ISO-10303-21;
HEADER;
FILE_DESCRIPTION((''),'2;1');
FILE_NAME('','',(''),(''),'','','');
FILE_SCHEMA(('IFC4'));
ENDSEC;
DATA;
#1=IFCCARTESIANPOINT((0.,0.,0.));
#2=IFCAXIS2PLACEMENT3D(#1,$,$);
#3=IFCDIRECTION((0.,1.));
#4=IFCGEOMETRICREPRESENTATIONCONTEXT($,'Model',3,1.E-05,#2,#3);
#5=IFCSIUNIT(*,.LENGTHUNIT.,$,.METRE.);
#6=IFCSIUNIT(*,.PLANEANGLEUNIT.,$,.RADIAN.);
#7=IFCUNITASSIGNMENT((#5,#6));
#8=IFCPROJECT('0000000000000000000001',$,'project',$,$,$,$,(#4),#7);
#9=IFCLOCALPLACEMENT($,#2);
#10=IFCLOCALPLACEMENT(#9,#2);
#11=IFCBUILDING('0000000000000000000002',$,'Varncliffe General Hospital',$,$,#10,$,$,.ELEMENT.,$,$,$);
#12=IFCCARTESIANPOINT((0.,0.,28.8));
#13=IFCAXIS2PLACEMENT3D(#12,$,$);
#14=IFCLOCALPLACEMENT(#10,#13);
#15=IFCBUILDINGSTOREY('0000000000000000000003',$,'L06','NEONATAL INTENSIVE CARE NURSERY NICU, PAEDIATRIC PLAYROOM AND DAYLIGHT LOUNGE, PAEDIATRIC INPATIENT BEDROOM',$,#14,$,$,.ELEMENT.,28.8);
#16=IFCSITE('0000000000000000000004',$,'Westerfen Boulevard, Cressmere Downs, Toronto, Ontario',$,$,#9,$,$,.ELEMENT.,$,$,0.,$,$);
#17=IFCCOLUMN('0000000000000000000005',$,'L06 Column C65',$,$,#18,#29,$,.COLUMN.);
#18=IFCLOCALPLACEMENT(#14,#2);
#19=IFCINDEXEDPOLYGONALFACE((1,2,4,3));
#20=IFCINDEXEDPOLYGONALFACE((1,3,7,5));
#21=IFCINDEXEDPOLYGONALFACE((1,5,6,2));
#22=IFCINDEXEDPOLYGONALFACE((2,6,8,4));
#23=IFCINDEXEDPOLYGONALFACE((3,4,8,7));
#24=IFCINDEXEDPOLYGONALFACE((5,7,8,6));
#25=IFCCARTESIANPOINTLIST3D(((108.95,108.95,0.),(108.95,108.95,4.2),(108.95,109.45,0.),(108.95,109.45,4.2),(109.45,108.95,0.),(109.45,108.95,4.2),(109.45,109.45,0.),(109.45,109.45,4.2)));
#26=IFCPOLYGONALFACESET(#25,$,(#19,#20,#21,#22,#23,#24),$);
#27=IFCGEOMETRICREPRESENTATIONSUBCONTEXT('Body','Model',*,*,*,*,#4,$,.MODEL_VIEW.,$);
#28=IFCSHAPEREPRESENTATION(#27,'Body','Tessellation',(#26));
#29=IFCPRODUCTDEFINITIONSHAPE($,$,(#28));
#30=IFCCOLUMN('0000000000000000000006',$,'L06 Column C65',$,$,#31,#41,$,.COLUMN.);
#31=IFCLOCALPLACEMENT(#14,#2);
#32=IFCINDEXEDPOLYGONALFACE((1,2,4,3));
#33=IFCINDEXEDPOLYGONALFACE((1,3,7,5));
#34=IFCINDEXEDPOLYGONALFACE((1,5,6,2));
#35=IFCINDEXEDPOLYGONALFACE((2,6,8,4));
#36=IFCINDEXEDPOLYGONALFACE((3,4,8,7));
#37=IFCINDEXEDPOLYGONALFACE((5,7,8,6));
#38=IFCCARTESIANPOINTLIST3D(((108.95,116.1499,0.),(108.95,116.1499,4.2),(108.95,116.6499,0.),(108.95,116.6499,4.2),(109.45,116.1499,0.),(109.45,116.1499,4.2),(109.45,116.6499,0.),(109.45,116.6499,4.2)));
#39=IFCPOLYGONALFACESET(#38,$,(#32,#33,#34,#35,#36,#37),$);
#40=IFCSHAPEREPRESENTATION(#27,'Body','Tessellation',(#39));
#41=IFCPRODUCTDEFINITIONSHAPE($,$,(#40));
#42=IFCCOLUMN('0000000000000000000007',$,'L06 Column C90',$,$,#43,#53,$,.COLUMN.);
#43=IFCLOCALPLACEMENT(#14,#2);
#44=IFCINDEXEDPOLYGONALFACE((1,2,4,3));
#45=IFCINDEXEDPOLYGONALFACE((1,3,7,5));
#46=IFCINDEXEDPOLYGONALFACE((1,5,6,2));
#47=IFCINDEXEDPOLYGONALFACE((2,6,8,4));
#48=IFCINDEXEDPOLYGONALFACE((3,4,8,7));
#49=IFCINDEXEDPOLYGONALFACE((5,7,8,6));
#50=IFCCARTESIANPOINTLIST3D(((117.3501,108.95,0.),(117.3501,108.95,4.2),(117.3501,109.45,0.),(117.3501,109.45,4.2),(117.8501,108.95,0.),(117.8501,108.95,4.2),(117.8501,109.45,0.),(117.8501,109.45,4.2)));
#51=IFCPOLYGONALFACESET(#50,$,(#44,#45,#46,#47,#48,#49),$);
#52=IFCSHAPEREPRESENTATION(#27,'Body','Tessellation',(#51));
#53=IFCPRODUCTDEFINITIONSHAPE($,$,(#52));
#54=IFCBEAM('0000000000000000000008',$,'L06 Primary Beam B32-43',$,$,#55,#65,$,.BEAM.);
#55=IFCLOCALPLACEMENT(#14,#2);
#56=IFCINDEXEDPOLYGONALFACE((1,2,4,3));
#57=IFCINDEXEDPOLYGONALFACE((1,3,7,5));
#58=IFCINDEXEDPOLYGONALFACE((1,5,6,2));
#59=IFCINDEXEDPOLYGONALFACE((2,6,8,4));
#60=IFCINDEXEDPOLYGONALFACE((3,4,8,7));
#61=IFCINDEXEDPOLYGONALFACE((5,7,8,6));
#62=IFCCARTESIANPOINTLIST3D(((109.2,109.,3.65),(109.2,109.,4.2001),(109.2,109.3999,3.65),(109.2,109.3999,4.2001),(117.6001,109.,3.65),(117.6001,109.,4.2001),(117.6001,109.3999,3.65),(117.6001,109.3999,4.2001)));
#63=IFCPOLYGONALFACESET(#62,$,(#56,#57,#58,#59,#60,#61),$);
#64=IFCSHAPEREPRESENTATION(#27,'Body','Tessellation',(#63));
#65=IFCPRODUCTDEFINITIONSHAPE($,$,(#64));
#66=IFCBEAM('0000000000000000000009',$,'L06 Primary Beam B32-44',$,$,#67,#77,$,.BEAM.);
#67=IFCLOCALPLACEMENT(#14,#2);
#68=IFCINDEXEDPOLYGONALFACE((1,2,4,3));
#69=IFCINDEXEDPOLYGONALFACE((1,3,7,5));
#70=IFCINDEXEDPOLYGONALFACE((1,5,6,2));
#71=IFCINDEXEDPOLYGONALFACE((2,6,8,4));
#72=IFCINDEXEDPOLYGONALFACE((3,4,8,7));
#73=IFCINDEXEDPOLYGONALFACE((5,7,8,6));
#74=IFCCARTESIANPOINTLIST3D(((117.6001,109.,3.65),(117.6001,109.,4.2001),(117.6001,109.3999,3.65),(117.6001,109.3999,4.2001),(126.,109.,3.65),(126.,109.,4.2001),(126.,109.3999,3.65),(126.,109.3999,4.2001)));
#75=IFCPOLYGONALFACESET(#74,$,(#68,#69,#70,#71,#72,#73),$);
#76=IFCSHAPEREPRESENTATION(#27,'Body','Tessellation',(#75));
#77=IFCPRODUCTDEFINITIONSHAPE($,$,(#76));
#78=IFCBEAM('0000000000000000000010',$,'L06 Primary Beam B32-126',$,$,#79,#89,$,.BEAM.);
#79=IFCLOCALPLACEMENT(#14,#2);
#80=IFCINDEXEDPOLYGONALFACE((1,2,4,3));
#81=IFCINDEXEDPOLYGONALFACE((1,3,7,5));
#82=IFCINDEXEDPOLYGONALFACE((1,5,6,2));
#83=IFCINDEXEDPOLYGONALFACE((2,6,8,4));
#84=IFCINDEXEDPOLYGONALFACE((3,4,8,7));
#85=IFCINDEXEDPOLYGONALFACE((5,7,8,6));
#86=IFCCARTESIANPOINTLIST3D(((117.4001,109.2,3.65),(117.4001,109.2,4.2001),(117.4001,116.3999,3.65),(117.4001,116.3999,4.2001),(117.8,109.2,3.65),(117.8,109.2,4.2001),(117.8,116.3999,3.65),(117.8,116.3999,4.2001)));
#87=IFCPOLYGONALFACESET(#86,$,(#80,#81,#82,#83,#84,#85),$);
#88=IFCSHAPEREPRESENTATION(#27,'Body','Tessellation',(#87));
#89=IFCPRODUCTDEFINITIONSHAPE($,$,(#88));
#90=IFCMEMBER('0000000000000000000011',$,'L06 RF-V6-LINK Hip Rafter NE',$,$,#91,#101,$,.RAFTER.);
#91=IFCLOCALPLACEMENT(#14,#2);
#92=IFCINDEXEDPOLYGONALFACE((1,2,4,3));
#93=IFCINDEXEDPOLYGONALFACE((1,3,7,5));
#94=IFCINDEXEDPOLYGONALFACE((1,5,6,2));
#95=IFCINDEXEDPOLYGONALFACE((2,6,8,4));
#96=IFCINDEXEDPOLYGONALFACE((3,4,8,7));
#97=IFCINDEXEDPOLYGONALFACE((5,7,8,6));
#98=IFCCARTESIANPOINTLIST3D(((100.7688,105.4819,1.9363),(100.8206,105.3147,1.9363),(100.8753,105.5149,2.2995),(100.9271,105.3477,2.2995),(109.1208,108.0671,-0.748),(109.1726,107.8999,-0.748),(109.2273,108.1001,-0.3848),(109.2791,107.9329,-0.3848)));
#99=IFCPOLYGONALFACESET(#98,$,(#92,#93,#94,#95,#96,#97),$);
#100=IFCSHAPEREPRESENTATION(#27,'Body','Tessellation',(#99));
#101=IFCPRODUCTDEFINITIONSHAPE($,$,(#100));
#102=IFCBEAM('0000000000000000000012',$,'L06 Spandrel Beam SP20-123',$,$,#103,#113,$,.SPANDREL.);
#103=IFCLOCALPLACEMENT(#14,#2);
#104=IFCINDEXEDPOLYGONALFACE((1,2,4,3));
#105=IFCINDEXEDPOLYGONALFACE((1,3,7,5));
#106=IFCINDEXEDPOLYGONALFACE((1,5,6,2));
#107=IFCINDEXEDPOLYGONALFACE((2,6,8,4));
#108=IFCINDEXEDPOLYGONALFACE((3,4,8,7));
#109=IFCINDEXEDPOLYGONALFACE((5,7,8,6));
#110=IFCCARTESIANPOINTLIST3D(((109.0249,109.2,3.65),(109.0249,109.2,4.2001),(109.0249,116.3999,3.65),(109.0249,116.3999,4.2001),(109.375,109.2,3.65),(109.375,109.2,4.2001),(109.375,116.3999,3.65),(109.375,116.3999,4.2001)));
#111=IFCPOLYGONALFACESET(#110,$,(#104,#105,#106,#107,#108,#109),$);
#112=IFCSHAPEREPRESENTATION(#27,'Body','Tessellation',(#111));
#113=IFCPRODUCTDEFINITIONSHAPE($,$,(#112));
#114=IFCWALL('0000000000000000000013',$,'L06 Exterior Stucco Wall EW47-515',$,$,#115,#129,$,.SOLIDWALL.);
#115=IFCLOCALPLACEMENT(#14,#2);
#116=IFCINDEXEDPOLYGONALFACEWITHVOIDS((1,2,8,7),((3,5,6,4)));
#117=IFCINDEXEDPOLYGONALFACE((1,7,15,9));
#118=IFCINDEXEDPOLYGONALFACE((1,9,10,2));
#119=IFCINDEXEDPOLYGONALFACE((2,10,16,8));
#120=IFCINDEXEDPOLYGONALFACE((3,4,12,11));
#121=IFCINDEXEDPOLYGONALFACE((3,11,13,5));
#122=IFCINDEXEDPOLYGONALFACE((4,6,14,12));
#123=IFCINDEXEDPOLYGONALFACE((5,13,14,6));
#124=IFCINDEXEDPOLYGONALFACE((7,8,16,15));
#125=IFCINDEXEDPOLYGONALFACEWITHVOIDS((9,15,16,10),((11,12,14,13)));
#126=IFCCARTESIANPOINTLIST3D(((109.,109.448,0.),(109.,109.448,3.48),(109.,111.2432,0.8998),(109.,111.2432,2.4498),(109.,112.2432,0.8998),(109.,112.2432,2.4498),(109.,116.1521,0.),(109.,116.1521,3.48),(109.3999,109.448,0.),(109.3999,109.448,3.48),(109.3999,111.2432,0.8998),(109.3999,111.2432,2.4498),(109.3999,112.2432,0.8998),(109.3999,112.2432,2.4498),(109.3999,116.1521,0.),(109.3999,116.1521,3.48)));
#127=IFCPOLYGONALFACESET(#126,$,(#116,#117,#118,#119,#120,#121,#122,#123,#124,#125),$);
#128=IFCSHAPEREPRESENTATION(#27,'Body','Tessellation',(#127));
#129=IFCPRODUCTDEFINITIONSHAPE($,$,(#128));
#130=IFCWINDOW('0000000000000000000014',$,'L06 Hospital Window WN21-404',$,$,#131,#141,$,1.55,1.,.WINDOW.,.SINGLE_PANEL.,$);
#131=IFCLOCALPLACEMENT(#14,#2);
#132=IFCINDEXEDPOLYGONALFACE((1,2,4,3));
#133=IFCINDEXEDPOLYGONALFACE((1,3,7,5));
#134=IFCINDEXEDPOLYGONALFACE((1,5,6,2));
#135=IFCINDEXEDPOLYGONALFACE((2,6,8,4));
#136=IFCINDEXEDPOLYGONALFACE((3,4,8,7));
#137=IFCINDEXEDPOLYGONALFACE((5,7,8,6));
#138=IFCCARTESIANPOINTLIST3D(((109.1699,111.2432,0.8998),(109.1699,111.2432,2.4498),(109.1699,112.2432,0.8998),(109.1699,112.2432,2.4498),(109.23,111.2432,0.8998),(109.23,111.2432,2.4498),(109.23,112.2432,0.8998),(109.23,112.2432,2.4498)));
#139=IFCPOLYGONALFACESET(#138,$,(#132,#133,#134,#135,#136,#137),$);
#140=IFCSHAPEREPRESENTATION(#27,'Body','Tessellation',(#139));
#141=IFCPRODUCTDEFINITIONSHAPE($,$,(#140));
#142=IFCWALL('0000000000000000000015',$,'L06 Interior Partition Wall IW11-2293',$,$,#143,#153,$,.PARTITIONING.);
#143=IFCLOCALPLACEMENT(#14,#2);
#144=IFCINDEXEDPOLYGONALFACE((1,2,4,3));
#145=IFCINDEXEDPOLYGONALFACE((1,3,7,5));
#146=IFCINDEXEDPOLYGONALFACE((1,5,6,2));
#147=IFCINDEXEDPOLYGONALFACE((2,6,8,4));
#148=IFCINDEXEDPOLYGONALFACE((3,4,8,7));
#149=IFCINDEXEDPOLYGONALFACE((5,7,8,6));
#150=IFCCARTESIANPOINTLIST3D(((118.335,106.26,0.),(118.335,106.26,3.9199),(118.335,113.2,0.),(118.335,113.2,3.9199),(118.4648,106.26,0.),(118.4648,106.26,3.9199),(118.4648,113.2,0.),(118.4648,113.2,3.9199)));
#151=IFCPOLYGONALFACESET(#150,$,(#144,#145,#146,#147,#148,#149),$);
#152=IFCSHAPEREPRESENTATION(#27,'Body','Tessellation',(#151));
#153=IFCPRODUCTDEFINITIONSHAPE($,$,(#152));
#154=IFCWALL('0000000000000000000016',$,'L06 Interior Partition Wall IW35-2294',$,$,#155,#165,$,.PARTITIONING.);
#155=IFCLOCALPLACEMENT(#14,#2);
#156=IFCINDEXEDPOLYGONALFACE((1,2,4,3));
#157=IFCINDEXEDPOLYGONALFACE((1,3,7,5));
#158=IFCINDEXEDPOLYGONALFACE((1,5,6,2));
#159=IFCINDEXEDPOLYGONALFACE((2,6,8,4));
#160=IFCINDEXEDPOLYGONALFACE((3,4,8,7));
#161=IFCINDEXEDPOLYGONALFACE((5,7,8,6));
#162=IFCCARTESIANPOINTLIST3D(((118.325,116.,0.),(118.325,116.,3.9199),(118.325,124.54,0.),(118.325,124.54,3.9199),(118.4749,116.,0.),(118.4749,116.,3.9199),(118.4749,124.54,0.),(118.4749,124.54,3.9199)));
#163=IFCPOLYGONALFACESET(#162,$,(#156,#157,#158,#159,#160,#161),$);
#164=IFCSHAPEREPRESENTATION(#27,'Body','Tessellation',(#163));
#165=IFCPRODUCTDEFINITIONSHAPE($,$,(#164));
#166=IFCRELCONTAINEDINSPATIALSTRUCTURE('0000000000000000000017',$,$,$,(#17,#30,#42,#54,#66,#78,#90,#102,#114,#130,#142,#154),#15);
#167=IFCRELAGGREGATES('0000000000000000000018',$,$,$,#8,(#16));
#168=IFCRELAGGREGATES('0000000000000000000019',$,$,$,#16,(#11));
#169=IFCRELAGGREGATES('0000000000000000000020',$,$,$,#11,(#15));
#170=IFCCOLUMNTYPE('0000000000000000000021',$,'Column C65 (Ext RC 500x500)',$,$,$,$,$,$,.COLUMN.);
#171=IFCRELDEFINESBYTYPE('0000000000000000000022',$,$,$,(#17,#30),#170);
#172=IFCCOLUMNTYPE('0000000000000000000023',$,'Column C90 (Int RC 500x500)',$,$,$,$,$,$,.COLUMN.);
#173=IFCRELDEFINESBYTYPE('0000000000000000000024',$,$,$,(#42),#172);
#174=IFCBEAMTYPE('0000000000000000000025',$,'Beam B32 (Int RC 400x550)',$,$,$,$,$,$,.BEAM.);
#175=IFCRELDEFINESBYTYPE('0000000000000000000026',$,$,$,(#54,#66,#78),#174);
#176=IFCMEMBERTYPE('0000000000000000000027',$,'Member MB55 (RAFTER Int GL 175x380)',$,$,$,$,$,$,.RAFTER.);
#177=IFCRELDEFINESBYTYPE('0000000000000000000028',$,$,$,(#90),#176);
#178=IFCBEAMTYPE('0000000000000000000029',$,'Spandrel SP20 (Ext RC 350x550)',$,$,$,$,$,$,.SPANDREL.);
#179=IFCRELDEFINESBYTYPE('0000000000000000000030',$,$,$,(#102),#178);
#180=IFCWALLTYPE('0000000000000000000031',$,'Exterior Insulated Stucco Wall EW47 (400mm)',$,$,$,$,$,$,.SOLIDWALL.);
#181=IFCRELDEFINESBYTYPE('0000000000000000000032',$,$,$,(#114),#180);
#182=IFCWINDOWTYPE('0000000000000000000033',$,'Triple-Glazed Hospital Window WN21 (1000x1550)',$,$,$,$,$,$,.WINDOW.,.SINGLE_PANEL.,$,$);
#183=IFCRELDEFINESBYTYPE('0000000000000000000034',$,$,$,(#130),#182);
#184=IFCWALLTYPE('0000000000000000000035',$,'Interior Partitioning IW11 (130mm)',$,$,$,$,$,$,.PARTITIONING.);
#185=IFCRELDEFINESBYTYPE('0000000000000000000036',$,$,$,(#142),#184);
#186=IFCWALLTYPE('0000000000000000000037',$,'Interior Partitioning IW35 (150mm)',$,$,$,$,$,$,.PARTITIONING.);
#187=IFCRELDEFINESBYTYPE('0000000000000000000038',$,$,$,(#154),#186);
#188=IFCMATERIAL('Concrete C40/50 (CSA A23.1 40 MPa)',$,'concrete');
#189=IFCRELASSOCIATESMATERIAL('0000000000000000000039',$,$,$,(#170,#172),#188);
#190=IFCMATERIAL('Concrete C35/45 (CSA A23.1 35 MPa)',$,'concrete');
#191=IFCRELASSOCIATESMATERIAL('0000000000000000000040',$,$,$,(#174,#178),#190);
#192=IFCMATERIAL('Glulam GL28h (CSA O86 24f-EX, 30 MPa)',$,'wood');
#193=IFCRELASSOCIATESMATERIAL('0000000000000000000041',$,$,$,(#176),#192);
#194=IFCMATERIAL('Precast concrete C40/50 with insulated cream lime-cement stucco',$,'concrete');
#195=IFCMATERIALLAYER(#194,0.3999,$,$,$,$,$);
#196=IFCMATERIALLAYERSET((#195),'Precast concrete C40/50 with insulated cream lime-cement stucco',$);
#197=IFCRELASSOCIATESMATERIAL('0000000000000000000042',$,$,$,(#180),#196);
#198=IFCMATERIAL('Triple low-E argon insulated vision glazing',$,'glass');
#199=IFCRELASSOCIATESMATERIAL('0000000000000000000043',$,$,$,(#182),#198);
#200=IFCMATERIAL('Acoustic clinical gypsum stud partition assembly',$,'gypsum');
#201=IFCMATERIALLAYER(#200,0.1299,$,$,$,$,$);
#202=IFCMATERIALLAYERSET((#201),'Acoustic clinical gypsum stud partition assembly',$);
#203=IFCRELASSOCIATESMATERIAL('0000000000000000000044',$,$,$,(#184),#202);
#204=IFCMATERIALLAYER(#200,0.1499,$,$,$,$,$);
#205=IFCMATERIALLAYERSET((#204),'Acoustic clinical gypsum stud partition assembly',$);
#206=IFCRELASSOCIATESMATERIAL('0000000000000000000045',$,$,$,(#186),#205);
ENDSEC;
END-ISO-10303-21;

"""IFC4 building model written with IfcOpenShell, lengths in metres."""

from ifc_helpers import new_model, si_unit, direction, frame, frame_2d, origin, origin_2d, place, context, subcontext, project, spatial, rectangle, extrude, material, layer, layer_set, material_profile, profile_set, type_object, element, fill, save


model = new_model("IFC4")

# Units and contexts
model_context = context("Model", 3, precision=1e-05, world=origin(), true_north=direction((0.0, 1.0)))
body_context = subcontext(model_context, "Body", "Model", "MODEL_VIEW")
ifc_project = project(units=[si_unit("LENGTHUNIT", "METRE"), si_unit("PLANEANGLEUNIT", "RADIAN")], contexts=[model_context])

# Site, building, storey
site_placement = place(None, origin())
site = spatial("IfcSite", under=ifc_project, at=site_placement, Name="Westerfen Boulevard, Cressmere Downs, Toronto, Ontario", CompositionType="ELEMENT", RefElevation=0.0)
building_placement = place(site_placement, origin())
building = spatial("IfcBuilding", under=site, at=building_placement, Name="Varncliffe General Hospital", CompositionType="ELEMENT")
storey_placement = place(building_placement, frame((0.0, 0.0, 28.8)))
storey = spatial("IfcBuildingStorey", under=building, at=storey_placement, Name="L06", Description="NEONATAL INTENSIVE CARE NURSERY NICU, PAEDIATRIC PLAYROOM AND DAYLIGHT LOUNGE, PAEDIATRIC INPATIENT BEDROOM", CompositionType="ELEMENT", Elevation=28.8)

# Columns
ifc_material_1 = material(Name="Concrete C40/50 (CSA A23.1 40 MPa)", Category="concrete")
ifc_material_profile_1 = material_profile(ifc_material_1, rectangle(XDim=0.5, YDim=0.5, at=origin_2d()), Name="RC 500x500")
ifc_profile_set_1 = profile_set([ifc_material_profile_1], Name="Concrete C40/50 (CSA A23.1 40 MPa)")
column_type_1 = type_object("IfcColumnType", Name="Column C65 (Ext RC 500x500)", PredefinedType="COLUMN", material=ifc_profile_set_1)
for number, where, z_axis, x_axis, name in (
    (1, (109.2, 109.2, 0.0), (0.0, 0.0, 1.0), (1.0, 0.0, 0.0), "L06 Column C65"),
    (2, (109.2, 116.3999, 0.0), (0.0, 0.0, 1.0), (1.0, 0.0, 0.0), "L06 Column C65"),
):
    element("IfcColumn", number, at=place(storey_placement, frame(where, z_axis=z_axis, x_axis=x_axis)), inside=storey, type_object=column_type_1, Name=name, PredefinedType="COLUMN", context=body_context, shape_type="SweptSolid", body=[
        extrude(rectangle(XDim=0.5, YDim=0.5, at=origin_2d()), origin(), (0.0, 0.0, 1.0), 4.2),
    ])
ifc_material_profile_2 = material_profile(ifc_material_1, rectangle(XDim=0.5, YDim=0.5, at=origin_2d()), Name="RC 500x500")
ifc_profile_set_2 = profile_set([ifc_material_profile_2], Name="Concrete C40/50 (CSA A23.1 40 MPa)")
column_type_2 = type_object("IfcColumnType", Name="Column C90 (Int RC 500x500)", PredefinedType="COLUMN", material=ifc_profile_set_2)
column_placement = place(storey_placement, frame((117.6001, 109.2, 0.0), z_axis=(0.0, 0.0, 1.0), x_axis=(1.0, 0.0, 0.0)))
element("IfcColumn", 3, at=column_placement, inside=storey, type_object=column_type_2, Name="L06 Column C90", PredefinedType="COLUMN", context=body_context, shape_type="SweptSolid", body=[
    extrude(rectangle(XDim=0.5, YDim=0.5, at=origin_2d()), origin(), (0.0, 0.0, 1.0), 4.2),
])

# Beams
ifc_material_2 = material(Name="Concrete C35/45 (CSA A23.1 35 MPa)", Category="concrete")
ifc_material_profile_3 = material_profile(ifc_material_2, rectangle(XDim=0.3999, YDim=0.55, at=origin_2d()), Name="RC 400x550")
ifc_profile_set_3 = profile_set([ifc_material_profile_3], Name="Concrete C35/45 (CSA A23.1 35 MPa)")
beam_type_1 = type_object("IfcBeamType", Name="Beam B32 (Int RC 400x550)", PredefinedType="BEAM", material=ifc_profile_set_3)
beam_1_placement = place(storey_placement, frame((109.2, 109.2, 3.925), z_axis=(1.0, 0.0, 0.0), x_axis=(0.0, 1.0, 0.0)))
element("IfcBeam", 4, at=beam_1_placement, inside=storey, type_object=beam_type_1, Name="L06 Primary Beam B32-43", PredefinedType="BEAM", context=body_context, shape_type="SweptSolid", body=[
    extrude(rectangle(XDim=0.3999, YDim=0.55, at=origin_2d()), origin(), (0.0, 0.0, 1.0), 8.4001),
])
beam_2_placement = place(storey_placement, frame((117.6001, 109.2, 3.925), z_axis=(1.0, 0.0, 0.0), x_axis=(0.0, 1.0, 0.0)))
element("IfcBeam", 5, at=beam_2_placement, inside=storey, type_object=beam_type_1, Name="L06 Primary Beam B32-44", PredefinedType="BEAM", context=body_context, shape_type="SweptSolid", body=[
    extrude(rectangle(XDim=0.3999, YDim=0.55, at=origin_2d()), origin(), (0.0, 0.0, 1.0), 8.3999),
])
beam_3_placement = place(storey_placement, frame((117.6001, 109.2, 3.925), z_axis=(0.0, 1.0, 0.0), x_axis=(-1.0, 0.0, 0.0)))
element("IfcBeam", 6, at=beam_3_placement, inside=storey, type_object=beam_type_1, Name="L06 Primary Beam B32-126", PredefinedType="BEAM", context=body_context, shape_type="SweptSolid", body=[
    extrude(rectangle(XDim=0.3999, YDim=0.55, at=origin_2d()), origin(), (0.0, 0.0, 1.0), 7.2),
])

# Member
ifc_material_3 = material(Name="Glulam GL28h (CSA O86 24f-EX, 30 MPa)", Category="wood")
ifc_material_profile_4 = material_profile(ifc_material_3, rectangle(XDim=0.175, YDim=0.3799, at=origin_2d()), Name="GL 175x380")
ifc_profile_set_4 = profile_set([ifc_material_profile_4], Name="Glulam GL28h (CSA O86 24f-EX, 30 MPa)")
member_type = type_object("IfcMemberType", Name="Member MB55 (RAFTER Int GL 175x380)", PredefinedType="RAFTER", material=ifc_profile_set_4)
member_placement = place(storey_placement, frame((109.2, 108.0, -0.5664), z_axis=(-0.913212, -0.282666, 0.293504), x_axis=(0.295689, -0.955284, 0.0)))
element("IfcMember", 7, at=member_placement, inside=storey, type_object=member_type, Name="L06 RF-V6-LINK Hip Rafter NE", PredefinedType="RAFTER", context=body_context, shape_type="SweptSolid", body=[
    extrude(rectangle(XDim=0.175, YDim=0.3799, at=origin_2d()), origin(), (0.0, 0.0, 1.0), 9.1458),
])

# Beam
ifc_material_profile_5 = material_profile(ifc_material_2, rectangle(XDim=0.3501, YDim=0.55, at=origin_2d()), Name="RC 350x550")
ifc_profile_set_5 = profile_set([ifc_material_profile_5], Name="Concrete C35/45 (CSA A23.1 35 MPa)")
beam_type_2 = type_object("IfcBeamType", Name="Spandrel SP20 (Ext RC 350x550)", PredefinedType="SPANDREL", material=ifc_profile_set_5)
beam_4_placement = place(storey_placement, frame((109.2, 109.2, 3.925), z_axis=(0.0, 1.0, 0.0), x_axis=(-1.0, 0.0, 0.0)))
element("IfcBeam", 8, at=beam_4_placement, inside=storey, type_object=beam_type_2, Name="L06 Spandrel Beam SP20-123", PredefinedType="SPANDREL", context=body_context, shape_type="SweptSolid", body=[
    extrude(rectangle(XDim=0.3501, YDim=0.55, at=origin_2d()), origin(), (0.0, 0.0, 1.0), 7.2),
])

# Wall, opening, window
ifc_material_4 = material(Name="Precast concrete C40/50 with insulated cream lime-cement stucco", Category="concrete")
ifc_layer_1 = layer(ifc_material_4, 0.3999)
ifc_layer_set_1 = layer_set([ifc_layer_1], Name="Precast concrete C40/50 with insulated cream lime-cement stucco")
wall_type_1 = type_object("IfcWallType", Name="Exterior Insulated Stucco Wall EW47 (400mm)", PredefinedType="SOLIDWALL", material=ifc_layer_set_1)
wall_1_placement = place(storey_placement, frame((109.2, 109.448, 0.0), z_axis=(0.0, 0.0, 1.0), x_axis=(0.0, 1.0, 0.0)))
wall_1 = element("IfcWall", 9, at=wall_1_placement, inside=storey, type_object=wall_type_1, Name="L06 Exterior Stucco Wall EW47-515", PredefinedType="SOLIDWALL", context=body_context, shape_type="SweptSolid", body=[
    extrude(rectangle(XDim=6.7041, YDim=0.3999, at=frame_2d((3.3521, 0.0))), origin(), (0.0, 0.0, 1.0), 3.48),
])
opening_1_placement = place(wall_1_placement, frame((1.7952, 0.0, 0.8999)))
opening_1 = element("IfcOpeningElement", 10, at=opening_1_placement, cuts=wall_1, PredefinedType="OPENING", context=body_context, shape_type="SweptSolid", body=[
    extrude(rectangle(XDim=1.0, YDim=1.55, at=frame_2d((0.5, 0.7749))), frame((0.0, 0.21, 0.0), z_axis=(0.0, -1.0, 0.0), x_axis=(1.0, 0.0, 0.0)), (0.0, 0.0, 1.0), 0.4199),
])
ifc_material_5 = material(Name="Triple low-E argon insulated vision glazing", Category="glass")
window_type = type_object("IfcWindowType", Name="Triple-Glazed Hospital Window WN21 (1000x1550)", PartitioningType="SINGLE_PANEL", PredefinedType="WINDOW", material=ifc_material_5)
window_placement = place(opening_1_placement, origin())
window = element("IfcWindow", 11, at=window_placement, inside=storey, type_object=window_type, Name="L06 Hospital Window WN21-404", OverallHeight=1.55, OverallWidth=1.0, PartitioningType="SINGLE_PANEL", PredefinedType="WINDOW", context=body_context, shape_type="SweptSolid", body=[
    extrude(rectangle(XDim=1.0, YDim=1.55, at=frame_2d((0.5, 0.7749))), frame((0.0, 0.03, 0.0), z_axis=(0.0, -1.0, 0.0), x_axis=(1.0, 0.0, 0.0)), (0.0, 0.0, 1.0), 0.0601),
])
fill(opening_1, window)

# Walls
ifc_material_6 = material(Name="Acoustic clinical gypsum stud partition assembly", Category="gypsum")
ifc_layer_2 = layer(ifc_material_6, 0.1299)
ifc_layer_set_2 = layer_set([ifc_layer_2], Name="Acoustic clinical gypsum stud partition assembly")
wall_type_2 = type_object("IfcWallType", Name="Interior Partitioning IW11 (130mm)", PredefinedType="PARTITIONING", material=ifc_layer_set_2)
wall_2_placement = place(storey_placement, frame((118.3999, 106.26, 0.0), z_axis=(0.0, 0.0, 1.0), x_axis=(0.0, 1.0, 0.0)))
element("IfcWall", 12, at=wall_2_placement, inside=storey, type_object=wall_type_2, Name="L06 Interior Partition Wall IW11-2293", PredefinedType="PARTITIONING", context=body_context, shape_type="SweptSolid", body=[
    extrude(rectangle(XDim=6.9399, YDim=0.1299, at=frame_2d((3.47, 0.0))), origin(), (0.0, 0.0, 1.0), 3.9199),
])
ifc_layer_3 = layer(ifc_material_6, 0.1499)
ifc_layer_set_3 = layer_set([ifc_layer_3], Name="Acoustic clinical gypsum stud partition assembly")
wall_type_3 = type_object("IfcWallType", Name="Interior Partitioning IW35 (150mm)", PredefinedType="PARTITIONING", material=ifc_layer_set_3)
wall_3_placement = place(storey_placement, frame((118.3999, 116.0, 0.0), z_axis=(0.0, 0.0, 1.0), x_axis=(0.0, 1.0, 0.0)))
element("IfcWall", 13, at=wall_3_placement, inside=storey, type_object=wall_type_3, Name="L06 Interior Partition Wall IW35-2294", PredefinedType="PARTITIONING", context=body_context, shape_type="SweptSolid", body=[
    extrude(rectangle(XDim=8.54, YDim=0.1499, at=frame_2d((4.27, 0.0))), origin(), (0.0, 0.0, 1.0), 3.9199),
])

save(model, "model.ifc")
